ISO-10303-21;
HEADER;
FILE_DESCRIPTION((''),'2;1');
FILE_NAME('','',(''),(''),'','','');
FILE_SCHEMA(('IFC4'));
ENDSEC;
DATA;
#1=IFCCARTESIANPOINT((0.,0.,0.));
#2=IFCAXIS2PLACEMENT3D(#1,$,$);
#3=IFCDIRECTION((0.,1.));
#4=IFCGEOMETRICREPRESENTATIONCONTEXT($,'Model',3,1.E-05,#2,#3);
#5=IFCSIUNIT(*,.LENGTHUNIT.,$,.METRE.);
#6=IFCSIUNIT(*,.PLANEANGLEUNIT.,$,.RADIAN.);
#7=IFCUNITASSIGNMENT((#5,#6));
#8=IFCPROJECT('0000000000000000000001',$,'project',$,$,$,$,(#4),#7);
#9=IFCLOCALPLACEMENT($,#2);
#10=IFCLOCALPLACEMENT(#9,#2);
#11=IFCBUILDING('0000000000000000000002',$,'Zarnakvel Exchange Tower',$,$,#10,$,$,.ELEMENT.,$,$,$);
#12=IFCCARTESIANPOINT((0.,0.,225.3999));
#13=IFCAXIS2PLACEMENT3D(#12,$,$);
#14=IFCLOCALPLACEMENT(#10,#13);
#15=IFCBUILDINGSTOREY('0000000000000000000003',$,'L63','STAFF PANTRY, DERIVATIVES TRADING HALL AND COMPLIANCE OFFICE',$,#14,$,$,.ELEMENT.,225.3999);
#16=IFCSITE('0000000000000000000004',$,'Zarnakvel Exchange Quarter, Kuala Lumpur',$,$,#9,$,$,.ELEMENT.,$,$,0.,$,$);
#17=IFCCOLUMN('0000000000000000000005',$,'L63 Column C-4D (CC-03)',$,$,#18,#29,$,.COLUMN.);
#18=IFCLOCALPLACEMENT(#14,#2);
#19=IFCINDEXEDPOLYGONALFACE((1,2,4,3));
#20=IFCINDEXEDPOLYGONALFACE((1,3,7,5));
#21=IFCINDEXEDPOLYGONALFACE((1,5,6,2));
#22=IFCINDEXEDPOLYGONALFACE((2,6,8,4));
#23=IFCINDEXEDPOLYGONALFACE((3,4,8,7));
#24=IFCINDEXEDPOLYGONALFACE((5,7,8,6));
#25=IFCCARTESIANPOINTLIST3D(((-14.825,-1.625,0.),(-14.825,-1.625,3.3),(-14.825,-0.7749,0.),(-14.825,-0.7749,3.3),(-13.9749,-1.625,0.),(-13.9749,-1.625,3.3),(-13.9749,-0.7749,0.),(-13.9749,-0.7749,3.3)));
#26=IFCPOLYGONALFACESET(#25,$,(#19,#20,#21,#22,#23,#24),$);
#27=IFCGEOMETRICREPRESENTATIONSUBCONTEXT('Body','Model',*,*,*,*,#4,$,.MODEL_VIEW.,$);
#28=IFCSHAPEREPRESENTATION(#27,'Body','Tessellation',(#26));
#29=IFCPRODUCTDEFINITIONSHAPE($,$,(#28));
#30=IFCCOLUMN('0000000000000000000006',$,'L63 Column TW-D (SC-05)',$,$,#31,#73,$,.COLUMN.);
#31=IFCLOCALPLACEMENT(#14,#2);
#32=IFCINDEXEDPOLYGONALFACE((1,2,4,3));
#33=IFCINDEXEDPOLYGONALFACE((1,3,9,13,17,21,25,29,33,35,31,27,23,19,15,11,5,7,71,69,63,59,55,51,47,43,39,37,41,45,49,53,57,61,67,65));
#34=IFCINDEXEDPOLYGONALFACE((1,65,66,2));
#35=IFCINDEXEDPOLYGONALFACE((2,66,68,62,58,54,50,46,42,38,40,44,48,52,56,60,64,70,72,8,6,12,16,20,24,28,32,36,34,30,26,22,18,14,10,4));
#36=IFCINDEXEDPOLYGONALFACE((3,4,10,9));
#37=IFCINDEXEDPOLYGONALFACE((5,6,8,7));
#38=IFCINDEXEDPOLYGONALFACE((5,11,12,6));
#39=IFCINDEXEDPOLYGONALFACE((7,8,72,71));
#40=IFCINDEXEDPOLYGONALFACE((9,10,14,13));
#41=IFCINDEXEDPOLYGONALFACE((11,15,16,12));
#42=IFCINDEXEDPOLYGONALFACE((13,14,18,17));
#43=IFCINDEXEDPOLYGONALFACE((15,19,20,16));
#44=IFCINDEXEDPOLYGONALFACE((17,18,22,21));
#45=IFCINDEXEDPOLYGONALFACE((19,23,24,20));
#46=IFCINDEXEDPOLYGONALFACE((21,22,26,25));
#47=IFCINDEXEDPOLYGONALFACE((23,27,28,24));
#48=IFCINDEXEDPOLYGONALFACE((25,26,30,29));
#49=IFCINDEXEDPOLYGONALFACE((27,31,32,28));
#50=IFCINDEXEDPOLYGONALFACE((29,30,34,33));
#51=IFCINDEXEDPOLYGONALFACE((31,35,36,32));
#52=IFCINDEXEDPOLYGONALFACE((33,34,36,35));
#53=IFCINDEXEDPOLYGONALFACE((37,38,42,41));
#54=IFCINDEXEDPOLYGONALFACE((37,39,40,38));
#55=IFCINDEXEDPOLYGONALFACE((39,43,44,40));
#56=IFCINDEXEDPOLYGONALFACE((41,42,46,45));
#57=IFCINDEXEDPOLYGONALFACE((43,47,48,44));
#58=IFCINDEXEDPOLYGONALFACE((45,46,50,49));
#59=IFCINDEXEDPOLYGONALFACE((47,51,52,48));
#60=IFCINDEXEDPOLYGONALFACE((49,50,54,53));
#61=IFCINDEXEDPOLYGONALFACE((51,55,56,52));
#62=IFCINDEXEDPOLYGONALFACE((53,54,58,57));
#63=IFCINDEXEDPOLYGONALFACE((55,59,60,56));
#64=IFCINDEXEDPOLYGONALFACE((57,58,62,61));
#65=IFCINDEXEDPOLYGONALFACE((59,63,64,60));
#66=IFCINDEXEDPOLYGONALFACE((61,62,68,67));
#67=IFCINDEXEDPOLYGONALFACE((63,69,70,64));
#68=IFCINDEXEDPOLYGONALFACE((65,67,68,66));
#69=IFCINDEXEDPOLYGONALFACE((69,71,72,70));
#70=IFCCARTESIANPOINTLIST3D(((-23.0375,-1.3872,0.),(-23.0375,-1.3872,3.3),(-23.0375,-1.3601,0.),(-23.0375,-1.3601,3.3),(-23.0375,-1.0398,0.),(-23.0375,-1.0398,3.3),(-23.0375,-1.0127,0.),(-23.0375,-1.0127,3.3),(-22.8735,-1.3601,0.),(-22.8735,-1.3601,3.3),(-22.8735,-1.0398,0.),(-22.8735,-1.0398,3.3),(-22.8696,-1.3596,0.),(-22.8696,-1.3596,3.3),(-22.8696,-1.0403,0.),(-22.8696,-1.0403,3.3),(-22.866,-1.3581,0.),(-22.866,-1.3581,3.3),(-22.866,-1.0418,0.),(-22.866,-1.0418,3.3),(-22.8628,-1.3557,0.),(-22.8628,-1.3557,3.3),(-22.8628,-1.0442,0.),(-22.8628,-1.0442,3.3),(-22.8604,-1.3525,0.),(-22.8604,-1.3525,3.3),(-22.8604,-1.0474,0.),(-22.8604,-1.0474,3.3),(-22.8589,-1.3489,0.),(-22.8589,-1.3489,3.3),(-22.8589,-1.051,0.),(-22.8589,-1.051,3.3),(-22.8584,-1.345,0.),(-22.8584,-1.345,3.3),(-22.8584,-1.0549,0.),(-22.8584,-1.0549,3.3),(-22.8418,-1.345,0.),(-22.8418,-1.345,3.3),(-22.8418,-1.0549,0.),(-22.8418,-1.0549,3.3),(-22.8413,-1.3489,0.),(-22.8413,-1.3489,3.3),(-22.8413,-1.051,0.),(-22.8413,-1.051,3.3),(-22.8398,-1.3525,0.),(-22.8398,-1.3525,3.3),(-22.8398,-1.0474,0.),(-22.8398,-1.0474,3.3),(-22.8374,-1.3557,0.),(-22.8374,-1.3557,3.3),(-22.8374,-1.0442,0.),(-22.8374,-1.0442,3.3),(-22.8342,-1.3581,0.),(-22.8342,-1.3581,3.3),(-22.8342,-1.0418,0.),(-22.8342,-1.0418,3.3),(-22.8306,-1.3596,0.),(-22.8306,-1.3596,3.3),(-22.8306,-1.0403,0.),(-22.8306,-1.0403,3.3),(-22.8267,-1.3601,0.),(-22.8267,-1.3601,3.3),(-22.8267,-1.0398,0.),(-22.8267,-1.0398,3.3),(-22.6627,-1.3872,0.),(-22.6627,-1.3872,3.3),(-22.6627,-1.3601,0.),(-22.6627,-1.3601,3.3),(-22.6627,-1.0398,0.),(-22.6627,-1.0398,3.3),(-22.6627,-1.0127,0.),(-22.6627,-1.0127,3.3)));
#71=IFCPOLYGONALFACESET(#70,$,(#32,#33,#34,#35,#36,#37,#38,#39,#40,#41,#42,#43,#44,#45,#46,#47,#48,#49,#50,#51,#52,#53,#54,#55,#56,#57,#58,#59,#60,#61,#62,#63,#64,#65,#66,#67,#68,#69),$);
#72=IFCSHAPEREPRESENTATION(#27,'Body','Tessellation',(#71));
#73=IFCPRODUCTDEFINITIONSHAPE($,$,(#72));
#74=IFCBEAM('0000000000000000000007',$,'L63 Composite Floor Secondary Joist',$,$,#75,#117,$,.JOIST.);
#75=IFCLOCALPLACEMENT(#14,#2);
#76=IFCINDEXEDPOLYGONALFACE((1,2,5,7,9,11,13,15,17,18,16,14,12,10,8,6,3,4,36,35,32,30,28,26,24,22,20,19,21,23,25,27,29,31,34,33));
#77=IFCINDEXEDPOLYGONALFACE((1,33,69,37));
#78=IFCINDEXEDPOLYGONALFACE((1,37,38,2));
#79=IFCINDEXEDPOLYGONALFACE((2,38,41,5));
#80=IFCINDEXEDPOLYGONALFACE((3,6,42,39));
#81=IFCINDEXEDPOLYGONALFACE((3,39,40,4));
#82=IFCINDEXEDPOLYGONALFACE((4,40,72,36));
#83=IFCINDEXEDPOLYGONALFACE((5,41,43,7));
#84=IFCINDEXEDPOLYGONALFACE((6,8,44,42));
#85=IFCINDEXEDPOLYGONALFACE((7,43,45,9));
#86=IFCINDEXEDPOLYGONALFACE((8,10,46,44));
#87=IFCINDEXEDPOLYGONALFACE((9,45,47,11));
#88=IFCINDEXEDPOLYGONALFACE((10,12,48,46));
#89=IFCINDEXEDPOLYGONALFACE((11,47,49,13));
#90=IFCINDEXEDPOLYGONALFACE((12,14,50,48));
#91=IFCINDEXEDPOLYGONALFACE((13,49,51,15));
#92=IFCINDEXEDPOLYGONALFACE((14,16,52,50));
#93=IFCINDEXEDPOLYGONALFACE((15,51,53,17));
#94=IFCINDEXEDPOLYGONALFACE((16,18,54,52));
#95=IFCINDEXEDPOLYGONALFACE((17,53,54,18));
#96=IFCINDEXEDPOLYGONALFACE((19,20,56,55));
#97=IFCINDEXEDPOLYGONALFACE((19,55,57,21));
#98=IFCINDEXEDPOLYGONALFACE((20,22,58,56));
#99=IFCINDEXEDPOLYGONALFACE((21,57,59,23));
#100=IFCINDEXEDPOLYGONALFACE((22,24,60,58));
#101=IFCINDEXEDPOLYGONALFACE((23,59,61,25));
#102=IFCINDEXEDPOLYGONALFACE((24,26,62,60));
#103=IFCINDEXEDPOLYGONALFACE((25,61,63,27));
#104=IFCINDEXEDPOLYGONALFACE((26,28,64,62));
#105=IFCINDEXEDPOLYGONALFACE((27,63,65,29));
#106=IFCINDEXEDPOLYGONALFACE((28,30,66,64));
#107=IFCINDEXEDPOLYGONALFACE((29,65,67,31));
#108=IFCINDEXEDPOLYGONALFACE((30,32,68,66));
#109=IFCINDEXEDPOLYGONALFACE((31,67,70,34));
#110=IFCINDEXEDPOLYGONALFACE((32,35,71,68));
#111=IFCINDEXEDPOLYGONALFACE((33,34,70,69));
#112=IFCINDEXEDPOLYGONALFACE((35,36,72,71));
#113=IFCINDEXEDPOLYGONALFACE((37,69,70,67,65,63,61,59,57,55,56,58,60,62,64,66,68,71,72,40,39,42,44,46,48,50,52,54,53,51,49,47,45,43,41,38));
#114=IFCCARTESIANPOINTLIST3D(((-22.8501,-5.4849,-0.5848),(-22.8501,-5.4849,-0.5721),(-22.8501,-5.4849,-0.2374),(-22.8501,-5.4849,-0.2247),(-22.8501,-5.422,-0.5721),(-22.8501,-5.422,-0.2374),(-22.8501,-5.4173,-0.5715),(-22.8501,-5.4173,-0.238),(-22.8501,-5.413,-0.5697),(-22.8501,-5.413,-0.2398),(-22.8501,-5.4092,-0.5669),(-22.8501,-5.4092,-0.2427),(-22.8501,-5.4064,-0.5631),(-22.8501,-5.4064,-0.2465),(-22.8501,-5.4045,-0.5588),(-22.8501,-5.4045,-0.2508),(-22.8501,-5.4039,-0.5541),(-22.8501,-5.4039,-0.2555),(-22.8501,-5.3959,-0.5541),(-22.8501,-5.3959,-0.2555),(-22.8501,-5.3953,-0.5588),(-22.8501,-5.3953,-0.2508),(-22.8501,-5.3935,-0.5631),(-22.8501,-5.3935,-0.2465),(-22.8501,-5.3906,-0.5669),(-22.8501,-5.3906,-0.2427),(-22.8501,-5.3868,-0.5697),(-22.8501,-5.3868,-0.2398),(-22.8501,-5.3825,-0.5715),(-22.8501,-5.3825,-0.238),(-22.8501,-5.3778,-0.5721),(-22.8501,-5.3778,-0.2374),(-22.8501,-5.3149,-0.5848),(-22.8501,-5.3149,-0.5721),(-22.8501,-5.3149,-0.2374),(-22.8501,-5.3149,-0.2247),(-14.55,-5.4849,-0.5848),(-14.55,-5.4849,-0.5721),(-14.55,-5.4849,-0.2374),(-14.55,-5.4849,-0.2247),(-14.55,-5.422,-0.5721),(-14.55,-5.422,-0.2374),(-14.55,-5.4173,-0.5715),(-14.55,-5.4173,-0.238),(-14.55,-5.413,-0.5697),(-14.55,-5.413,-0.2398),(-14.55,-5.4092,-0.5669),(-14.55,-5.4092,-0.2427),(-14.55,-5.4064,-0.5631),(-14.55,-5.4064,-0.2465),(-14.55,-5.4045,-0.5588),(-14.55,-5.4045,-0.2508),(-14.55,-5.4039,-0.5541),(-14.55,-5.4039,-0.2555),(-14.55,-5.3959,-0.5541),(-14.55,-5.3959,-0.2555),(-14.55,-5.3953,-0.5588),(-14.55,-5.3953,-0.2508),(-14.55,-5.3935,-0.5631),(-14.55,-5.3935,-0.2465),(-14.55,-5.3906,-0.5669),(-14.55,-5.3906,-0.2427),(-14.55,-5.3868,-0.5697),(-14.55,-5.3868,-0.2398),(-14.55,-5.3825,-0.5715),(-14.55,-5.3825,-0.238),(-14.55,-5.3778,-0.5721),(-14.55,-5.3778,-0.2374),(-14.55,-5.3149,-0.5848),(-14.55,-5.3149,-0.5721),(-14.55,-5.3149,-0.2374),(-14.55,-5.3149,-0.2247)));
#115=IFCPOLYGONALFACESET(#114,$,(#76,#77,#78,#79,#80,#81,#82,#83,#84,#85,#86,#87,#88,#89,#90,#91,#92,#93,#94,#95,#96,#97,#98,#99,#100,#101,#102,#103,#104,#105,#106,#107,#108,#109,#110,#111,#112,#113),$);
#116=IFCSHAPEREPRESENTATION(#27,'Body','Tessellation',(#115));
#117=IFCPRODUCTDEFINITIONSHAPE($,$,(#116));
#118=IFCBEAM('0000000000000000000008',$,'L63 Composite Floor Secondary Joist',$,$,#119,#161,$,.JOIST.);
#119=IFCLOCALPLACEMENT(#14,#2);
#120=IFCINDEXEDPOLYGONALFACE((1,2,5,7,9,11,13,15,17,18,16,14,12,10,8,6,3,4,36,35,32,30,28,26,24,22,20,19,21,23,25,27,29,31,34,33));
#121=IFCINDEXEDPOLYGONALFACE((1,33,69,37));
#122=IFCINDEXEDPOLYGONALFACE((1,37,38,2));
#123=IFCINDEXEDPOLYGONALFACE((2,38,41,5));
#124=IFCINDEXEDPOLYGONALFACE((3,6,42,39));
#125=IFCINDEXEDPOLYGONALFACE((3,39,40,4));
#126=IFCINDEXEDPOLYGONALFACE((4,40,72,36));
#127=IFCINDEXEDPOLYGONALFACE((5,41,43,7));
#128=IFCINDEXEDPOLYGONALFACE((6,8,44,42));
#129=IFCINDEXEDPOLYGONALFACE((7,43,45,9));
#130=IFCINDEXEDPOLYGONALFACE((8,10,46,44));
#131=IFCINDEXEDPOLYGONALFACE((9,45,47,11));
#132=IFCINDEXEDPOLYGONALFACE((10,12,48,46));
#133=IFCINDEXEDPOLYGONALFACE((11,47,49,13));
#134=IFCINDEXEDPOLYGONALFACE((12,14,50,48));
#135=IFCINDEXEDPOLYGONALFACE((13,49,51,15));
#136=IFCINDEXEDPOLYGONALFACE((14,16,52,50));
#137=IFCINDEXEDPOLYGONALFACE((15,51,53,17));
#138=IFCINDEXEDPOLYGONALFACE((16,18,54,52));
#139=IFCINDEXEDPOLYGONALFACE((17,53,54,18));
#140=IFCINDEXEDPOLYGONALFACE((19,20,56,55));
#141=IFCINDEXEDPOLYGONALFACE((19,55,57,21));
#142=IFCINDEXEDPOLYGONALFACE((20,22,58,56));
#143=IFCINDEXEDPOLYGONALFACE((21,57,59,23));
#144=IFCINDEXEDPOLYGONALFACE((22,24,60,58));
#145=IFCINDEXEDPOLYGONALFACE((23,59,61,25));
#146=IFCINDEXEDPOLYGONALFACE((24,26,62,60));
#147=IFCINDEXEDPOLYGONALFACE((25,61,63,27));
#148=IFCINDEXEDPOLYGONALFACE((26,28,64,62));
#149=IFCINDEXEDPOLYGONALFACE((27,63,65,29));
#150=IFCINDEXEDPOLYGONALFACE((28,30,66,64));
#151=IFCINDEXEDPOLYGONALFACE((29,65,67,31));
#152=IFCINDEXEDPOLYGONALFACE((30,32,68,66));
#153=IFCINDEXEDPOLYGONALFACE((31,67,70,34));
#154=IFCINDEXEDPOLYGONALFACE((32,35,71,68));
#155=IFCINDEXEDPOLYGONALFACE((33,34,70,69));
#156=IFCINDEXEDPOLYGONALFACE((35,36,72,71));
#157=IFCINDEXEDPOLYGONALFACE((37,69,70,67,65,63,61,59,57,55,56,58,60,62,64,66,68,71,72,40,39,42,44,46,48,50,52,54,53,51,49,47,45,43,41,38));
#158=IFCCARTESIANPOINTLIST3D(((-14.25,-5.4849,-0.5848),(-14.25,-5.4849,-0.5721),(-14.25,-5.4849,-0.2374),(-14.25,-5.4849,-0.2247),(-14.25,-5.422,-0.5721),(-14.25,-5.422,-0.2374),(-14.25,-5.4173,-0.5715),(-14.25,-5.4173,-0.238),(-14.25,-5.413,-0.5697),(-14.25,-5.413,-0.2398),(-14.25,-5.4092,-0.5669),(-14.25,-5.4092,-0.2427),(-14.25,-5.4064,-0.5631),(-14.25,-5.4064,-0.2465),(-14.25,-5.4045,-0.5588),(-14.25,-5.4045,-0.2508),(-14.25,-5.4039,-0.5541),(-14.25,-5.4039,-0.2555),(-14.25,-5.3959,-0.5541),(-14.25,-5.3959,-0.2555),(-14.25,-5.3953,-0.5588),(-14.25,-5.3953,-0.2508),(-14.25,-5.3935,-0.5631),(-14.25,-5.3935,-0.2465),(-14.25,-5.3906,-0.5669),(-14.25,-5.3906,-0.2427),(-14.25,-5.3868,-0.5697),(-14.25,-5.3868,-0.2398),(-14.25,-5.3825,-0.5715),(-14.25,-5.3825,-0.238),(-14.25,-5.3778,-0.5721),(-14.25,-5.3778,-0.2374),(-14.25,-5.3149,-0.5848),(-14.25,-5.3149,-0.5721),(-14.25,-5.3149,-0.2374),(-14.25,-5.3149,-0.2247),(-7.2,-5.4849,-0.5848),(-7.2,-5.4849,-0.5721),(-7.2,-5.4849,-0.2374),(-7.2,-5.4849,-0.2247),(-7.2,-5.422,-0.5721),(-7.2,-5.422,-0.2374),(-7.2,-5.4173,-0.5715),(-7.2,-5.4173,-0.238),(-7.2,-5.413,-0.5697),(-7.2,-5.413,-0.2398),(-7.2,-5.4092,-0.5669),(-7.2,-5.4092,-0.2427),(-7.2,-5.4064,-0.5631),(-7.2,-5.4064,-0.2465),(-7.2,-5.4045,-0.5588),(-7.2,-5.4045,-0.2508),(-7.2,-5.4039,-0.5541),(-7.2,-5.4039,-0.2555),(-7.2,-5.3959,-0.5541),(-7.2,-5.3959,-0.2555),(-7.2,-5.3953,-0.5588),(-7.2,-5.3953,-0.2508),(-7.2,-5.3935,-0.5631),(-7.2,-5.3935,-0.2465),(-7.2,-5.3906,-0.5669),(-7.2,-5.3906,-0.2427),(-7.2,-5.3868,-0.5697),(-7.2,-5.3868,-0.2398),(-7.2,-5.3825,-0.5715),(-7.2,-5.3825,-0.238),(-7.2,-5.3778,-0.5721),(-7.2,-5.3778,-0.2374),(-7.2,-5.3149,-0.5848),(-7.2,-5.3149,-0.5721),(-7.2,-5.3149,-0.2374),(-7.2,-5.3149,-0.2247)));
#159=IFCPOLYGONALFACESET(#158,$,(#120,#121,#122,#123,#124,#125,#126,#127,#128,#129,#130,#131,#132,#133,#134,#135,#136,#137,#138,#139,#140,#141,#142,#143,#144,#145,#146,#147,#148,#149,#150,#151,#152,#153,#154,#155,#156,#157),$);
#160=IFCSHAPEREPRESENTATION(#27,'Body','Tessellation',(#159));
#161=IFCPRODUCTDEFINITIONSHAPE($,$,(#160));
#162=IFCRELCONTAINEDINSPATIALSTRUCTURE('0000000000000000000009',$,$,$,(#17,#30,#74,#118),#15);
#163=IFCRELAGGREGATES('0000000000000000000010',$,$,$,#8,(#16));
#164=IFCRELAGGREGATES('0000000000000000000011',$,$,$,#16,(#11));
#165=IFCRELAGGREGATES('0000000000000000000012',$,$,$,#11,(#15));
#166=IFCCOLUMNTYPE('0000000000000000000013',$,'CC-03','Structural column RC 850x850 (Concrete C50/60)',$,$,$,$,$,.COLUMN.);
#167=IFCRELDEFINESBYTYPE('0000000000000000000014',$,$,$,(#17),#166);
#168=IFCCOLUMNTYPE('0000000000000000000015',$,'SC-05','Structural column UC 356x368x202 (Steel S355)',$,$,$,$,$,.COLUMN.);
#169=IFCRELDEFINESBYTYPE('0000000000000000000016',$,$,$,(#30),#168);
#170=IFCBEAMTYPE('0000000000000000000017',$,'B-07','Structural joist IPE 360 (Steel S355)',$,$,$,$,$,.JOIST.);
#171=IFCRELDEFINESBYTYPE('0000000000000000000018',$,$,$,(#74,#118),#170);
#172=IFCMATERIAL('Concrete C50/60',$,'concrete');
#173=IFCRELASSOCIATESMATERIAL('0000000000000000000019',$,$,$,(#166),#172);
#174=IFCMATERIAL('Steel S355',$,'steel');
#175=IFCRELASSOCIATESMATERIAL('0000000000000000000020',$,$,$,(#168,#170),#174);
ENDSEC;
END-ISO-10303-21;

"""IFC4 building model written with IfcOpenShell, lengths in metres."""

from ifc_helpers import new_model, si_unit, direction, frame, origin, origin_2d, place, context, subcontext, project, spatial, rectangle, i_section, extrude, material, material_profile, profile_set, type_object, element, save


model = new_model("IFC4")

# Units and contexts
model_context = context("Model", 3, precision=1e-05, world=origin(), true_north=direction((0.0, 1.0)))
body_context = subcontext(model_context, "Body", "Model", "MODEL_VIEW")
ifc_project = project(units=[si_unit("LENGTHUNIT", "METRE"), si_unit("PLANEANGLEUNIT", "RADIAN")], contexts=[model_context])

# Site, building, storey
site_placement = place(None, origin())
site = spatial("IfcSite", under=ifc_project, at=site_placement, Name="Zarnakvel Exchange Quarter, Kuala Lumpur", CompositionType="ELEMENT", RefElevation=0.0)
building_placement = place(site_placement, origin())
building = spatial("IfcBuilding", under=site, at=building_placement, Name="Zarnakvel Exchange Tower", CompositionType="ELEMENT")
storey_placement = place(building_placement, frame((0.0, 0.0, 225.3999)))
storey = spatial("IfcBuildingStorey", under=building, at=storey_placement, Name="L63", Description="STAFF PANTRY, DERIVATIVES TRADING HALL AND COMPLIANCE OFFICE", CompositionType="ELEMENT", Elevation=225.3999)

# Columns
ifc_material_1 = material(Name="Concrete C50/60", Category="concrete")
ifc_material_profile_1 = material_profile(ifc_material_1, rectangle(XDim=0.8501, YDim=0.8501, at=origin_2d()))
ifc_profile_set_1 = profile_set([ifc_material_profile_1], Name="Concrete C50/60")
column_type_1 = type_object("IfcColumnType", Name="CC-03", Description="Structural column RC 850x850 (Concrete C50/60)", PredefinedType="COLUMN", material=ifc_profile_set_1)
column_1_placement = place(storey_placement, frame((-14.3999, -1.2, 0.0), z_axis=(0.0, 0.0, 1.0), x_axis=(1.0, 0.0, 0.0)))
element("IfcColumn", 1, at=column_1_placement, inside=storey, type_object=column_type_1, Name="L63 Column C-4D (CC-03)", PredefinedType="COLUMN", context=body_context, shape_type="SweptSolid", body=[
    extrude(rectangle(XDim=0.8501, YDim=0.8501, at=origin_2d()), origin(), (0.0, 0.0, 1.0), 3.3),
])
ifc_material_2 = material(Name="Steel S355", Category="steel")
ifc_material_profile_2 = material_profile(ifc_material_2, i_section(OverallWidth=0.3748, OverallDepth=0.3745, WebThickness=0.0166, FlangeThickness=0.0271, FilletRadius=0.0151, at=origin_2d()))
ifc_profile_set_2 = profile_set([ifc_material_profile_2], Name="Steel S355")
column_type_2 = type_object("IfcColumnType", Name="SC-05", Description="Structural column UC 356x368x202 (Steel S355)", PredefinedType="COLUMN", material=ifc_profile_set_2)
column_2_placement = place(storey_placement, frame((-22.8501, -1.2, 0.0), z_axis=(0.0, 0.0, 1.0), x_axis=(1.0, 0.0, 0.0)))
element("IfcColumn", 2, at=column_2_placement, inside=storey, type_object=column_type_2, Name="L63 Column TW-D (SC-05)", PredefinedType="COLUMN", context=body_context, shape_type="SweptSolid", body=[
    extrude(i_section(OverallWidth=0.3748, OverallDepth=0.3745, WebThickness=0.0166, FlangeThickness=0.0271, FilletRadius=0.0151, at=origin_2d()), origin(), (0.0, 0.0, 1.0), 3.3),
])

# Beams
ifc_material_profile_3 = material_profile(ifc_material_2, i_section(OverallWidth=0.1699, OverallDepth=0.3601, WebThickness=0.0081, FlangeThickness=0.0127, FilletRadius=0.0181, at=origin_2d()))
ifc_profile_set_3 = profile_set([ifc_material_profile_3], Name="Steel S355")
beam_type_1 = type_object("IfcBeamType", Name="B-07", Description="Structural joist IPE 360 (Steel S355)", PredefinedType="JOIST", material=ifc_profile_set_3)
beam_1_placement = place(storey_placement, frame((-22.8501, -5.3999, -0.4048), z_axis=(1.0, 0.0, 0.0), x_axis=(0.0, 1.0, 0.0)))
element("IfcBeam", 3, at=beam_1_placement, inside=storey, type_object=beam_type_1, Name="L63 Composite Floor Secondary Joist", PredefinedType="JOIST", context=body_context, shape_type="SweptSolid", body=[
    extrude(i_section(OverallWidth=0.1699, OverallDepth=0.3601, WebThickness=0.0081, FlangeThickness=0.0127, FilletRadius=0.0181, at=origin_2d()), origin(), (0.0, 0.0, 1.0), 8.3),
])
beam_2_placement = place(storey_placement, frame((-14.25, -5.3999, -0.4048), z_axis=(1.0, 0.0, 0.0), x_axis=(0.0, 1.0, 0.0)))
element("IfcBeam", 4, at=beam_2_placement, inside=storey, type_object=beam_type_1, Name="L63 Composite Floor Secondary Joist", PredefinedType="JOIST", context=body_context, shape_type="SweptSolid", body=[
    extrude(i_section(OverallWidth=0.1699, OverallDepth=0.3601, WebThickness=0.0081, FlangeThickness=0.0127, FilletRadius=0.0181, at=origin_2d()), origin(), (0.0, 0.0, 1.0), 7.05),
])

save(model, "model.ifc")
